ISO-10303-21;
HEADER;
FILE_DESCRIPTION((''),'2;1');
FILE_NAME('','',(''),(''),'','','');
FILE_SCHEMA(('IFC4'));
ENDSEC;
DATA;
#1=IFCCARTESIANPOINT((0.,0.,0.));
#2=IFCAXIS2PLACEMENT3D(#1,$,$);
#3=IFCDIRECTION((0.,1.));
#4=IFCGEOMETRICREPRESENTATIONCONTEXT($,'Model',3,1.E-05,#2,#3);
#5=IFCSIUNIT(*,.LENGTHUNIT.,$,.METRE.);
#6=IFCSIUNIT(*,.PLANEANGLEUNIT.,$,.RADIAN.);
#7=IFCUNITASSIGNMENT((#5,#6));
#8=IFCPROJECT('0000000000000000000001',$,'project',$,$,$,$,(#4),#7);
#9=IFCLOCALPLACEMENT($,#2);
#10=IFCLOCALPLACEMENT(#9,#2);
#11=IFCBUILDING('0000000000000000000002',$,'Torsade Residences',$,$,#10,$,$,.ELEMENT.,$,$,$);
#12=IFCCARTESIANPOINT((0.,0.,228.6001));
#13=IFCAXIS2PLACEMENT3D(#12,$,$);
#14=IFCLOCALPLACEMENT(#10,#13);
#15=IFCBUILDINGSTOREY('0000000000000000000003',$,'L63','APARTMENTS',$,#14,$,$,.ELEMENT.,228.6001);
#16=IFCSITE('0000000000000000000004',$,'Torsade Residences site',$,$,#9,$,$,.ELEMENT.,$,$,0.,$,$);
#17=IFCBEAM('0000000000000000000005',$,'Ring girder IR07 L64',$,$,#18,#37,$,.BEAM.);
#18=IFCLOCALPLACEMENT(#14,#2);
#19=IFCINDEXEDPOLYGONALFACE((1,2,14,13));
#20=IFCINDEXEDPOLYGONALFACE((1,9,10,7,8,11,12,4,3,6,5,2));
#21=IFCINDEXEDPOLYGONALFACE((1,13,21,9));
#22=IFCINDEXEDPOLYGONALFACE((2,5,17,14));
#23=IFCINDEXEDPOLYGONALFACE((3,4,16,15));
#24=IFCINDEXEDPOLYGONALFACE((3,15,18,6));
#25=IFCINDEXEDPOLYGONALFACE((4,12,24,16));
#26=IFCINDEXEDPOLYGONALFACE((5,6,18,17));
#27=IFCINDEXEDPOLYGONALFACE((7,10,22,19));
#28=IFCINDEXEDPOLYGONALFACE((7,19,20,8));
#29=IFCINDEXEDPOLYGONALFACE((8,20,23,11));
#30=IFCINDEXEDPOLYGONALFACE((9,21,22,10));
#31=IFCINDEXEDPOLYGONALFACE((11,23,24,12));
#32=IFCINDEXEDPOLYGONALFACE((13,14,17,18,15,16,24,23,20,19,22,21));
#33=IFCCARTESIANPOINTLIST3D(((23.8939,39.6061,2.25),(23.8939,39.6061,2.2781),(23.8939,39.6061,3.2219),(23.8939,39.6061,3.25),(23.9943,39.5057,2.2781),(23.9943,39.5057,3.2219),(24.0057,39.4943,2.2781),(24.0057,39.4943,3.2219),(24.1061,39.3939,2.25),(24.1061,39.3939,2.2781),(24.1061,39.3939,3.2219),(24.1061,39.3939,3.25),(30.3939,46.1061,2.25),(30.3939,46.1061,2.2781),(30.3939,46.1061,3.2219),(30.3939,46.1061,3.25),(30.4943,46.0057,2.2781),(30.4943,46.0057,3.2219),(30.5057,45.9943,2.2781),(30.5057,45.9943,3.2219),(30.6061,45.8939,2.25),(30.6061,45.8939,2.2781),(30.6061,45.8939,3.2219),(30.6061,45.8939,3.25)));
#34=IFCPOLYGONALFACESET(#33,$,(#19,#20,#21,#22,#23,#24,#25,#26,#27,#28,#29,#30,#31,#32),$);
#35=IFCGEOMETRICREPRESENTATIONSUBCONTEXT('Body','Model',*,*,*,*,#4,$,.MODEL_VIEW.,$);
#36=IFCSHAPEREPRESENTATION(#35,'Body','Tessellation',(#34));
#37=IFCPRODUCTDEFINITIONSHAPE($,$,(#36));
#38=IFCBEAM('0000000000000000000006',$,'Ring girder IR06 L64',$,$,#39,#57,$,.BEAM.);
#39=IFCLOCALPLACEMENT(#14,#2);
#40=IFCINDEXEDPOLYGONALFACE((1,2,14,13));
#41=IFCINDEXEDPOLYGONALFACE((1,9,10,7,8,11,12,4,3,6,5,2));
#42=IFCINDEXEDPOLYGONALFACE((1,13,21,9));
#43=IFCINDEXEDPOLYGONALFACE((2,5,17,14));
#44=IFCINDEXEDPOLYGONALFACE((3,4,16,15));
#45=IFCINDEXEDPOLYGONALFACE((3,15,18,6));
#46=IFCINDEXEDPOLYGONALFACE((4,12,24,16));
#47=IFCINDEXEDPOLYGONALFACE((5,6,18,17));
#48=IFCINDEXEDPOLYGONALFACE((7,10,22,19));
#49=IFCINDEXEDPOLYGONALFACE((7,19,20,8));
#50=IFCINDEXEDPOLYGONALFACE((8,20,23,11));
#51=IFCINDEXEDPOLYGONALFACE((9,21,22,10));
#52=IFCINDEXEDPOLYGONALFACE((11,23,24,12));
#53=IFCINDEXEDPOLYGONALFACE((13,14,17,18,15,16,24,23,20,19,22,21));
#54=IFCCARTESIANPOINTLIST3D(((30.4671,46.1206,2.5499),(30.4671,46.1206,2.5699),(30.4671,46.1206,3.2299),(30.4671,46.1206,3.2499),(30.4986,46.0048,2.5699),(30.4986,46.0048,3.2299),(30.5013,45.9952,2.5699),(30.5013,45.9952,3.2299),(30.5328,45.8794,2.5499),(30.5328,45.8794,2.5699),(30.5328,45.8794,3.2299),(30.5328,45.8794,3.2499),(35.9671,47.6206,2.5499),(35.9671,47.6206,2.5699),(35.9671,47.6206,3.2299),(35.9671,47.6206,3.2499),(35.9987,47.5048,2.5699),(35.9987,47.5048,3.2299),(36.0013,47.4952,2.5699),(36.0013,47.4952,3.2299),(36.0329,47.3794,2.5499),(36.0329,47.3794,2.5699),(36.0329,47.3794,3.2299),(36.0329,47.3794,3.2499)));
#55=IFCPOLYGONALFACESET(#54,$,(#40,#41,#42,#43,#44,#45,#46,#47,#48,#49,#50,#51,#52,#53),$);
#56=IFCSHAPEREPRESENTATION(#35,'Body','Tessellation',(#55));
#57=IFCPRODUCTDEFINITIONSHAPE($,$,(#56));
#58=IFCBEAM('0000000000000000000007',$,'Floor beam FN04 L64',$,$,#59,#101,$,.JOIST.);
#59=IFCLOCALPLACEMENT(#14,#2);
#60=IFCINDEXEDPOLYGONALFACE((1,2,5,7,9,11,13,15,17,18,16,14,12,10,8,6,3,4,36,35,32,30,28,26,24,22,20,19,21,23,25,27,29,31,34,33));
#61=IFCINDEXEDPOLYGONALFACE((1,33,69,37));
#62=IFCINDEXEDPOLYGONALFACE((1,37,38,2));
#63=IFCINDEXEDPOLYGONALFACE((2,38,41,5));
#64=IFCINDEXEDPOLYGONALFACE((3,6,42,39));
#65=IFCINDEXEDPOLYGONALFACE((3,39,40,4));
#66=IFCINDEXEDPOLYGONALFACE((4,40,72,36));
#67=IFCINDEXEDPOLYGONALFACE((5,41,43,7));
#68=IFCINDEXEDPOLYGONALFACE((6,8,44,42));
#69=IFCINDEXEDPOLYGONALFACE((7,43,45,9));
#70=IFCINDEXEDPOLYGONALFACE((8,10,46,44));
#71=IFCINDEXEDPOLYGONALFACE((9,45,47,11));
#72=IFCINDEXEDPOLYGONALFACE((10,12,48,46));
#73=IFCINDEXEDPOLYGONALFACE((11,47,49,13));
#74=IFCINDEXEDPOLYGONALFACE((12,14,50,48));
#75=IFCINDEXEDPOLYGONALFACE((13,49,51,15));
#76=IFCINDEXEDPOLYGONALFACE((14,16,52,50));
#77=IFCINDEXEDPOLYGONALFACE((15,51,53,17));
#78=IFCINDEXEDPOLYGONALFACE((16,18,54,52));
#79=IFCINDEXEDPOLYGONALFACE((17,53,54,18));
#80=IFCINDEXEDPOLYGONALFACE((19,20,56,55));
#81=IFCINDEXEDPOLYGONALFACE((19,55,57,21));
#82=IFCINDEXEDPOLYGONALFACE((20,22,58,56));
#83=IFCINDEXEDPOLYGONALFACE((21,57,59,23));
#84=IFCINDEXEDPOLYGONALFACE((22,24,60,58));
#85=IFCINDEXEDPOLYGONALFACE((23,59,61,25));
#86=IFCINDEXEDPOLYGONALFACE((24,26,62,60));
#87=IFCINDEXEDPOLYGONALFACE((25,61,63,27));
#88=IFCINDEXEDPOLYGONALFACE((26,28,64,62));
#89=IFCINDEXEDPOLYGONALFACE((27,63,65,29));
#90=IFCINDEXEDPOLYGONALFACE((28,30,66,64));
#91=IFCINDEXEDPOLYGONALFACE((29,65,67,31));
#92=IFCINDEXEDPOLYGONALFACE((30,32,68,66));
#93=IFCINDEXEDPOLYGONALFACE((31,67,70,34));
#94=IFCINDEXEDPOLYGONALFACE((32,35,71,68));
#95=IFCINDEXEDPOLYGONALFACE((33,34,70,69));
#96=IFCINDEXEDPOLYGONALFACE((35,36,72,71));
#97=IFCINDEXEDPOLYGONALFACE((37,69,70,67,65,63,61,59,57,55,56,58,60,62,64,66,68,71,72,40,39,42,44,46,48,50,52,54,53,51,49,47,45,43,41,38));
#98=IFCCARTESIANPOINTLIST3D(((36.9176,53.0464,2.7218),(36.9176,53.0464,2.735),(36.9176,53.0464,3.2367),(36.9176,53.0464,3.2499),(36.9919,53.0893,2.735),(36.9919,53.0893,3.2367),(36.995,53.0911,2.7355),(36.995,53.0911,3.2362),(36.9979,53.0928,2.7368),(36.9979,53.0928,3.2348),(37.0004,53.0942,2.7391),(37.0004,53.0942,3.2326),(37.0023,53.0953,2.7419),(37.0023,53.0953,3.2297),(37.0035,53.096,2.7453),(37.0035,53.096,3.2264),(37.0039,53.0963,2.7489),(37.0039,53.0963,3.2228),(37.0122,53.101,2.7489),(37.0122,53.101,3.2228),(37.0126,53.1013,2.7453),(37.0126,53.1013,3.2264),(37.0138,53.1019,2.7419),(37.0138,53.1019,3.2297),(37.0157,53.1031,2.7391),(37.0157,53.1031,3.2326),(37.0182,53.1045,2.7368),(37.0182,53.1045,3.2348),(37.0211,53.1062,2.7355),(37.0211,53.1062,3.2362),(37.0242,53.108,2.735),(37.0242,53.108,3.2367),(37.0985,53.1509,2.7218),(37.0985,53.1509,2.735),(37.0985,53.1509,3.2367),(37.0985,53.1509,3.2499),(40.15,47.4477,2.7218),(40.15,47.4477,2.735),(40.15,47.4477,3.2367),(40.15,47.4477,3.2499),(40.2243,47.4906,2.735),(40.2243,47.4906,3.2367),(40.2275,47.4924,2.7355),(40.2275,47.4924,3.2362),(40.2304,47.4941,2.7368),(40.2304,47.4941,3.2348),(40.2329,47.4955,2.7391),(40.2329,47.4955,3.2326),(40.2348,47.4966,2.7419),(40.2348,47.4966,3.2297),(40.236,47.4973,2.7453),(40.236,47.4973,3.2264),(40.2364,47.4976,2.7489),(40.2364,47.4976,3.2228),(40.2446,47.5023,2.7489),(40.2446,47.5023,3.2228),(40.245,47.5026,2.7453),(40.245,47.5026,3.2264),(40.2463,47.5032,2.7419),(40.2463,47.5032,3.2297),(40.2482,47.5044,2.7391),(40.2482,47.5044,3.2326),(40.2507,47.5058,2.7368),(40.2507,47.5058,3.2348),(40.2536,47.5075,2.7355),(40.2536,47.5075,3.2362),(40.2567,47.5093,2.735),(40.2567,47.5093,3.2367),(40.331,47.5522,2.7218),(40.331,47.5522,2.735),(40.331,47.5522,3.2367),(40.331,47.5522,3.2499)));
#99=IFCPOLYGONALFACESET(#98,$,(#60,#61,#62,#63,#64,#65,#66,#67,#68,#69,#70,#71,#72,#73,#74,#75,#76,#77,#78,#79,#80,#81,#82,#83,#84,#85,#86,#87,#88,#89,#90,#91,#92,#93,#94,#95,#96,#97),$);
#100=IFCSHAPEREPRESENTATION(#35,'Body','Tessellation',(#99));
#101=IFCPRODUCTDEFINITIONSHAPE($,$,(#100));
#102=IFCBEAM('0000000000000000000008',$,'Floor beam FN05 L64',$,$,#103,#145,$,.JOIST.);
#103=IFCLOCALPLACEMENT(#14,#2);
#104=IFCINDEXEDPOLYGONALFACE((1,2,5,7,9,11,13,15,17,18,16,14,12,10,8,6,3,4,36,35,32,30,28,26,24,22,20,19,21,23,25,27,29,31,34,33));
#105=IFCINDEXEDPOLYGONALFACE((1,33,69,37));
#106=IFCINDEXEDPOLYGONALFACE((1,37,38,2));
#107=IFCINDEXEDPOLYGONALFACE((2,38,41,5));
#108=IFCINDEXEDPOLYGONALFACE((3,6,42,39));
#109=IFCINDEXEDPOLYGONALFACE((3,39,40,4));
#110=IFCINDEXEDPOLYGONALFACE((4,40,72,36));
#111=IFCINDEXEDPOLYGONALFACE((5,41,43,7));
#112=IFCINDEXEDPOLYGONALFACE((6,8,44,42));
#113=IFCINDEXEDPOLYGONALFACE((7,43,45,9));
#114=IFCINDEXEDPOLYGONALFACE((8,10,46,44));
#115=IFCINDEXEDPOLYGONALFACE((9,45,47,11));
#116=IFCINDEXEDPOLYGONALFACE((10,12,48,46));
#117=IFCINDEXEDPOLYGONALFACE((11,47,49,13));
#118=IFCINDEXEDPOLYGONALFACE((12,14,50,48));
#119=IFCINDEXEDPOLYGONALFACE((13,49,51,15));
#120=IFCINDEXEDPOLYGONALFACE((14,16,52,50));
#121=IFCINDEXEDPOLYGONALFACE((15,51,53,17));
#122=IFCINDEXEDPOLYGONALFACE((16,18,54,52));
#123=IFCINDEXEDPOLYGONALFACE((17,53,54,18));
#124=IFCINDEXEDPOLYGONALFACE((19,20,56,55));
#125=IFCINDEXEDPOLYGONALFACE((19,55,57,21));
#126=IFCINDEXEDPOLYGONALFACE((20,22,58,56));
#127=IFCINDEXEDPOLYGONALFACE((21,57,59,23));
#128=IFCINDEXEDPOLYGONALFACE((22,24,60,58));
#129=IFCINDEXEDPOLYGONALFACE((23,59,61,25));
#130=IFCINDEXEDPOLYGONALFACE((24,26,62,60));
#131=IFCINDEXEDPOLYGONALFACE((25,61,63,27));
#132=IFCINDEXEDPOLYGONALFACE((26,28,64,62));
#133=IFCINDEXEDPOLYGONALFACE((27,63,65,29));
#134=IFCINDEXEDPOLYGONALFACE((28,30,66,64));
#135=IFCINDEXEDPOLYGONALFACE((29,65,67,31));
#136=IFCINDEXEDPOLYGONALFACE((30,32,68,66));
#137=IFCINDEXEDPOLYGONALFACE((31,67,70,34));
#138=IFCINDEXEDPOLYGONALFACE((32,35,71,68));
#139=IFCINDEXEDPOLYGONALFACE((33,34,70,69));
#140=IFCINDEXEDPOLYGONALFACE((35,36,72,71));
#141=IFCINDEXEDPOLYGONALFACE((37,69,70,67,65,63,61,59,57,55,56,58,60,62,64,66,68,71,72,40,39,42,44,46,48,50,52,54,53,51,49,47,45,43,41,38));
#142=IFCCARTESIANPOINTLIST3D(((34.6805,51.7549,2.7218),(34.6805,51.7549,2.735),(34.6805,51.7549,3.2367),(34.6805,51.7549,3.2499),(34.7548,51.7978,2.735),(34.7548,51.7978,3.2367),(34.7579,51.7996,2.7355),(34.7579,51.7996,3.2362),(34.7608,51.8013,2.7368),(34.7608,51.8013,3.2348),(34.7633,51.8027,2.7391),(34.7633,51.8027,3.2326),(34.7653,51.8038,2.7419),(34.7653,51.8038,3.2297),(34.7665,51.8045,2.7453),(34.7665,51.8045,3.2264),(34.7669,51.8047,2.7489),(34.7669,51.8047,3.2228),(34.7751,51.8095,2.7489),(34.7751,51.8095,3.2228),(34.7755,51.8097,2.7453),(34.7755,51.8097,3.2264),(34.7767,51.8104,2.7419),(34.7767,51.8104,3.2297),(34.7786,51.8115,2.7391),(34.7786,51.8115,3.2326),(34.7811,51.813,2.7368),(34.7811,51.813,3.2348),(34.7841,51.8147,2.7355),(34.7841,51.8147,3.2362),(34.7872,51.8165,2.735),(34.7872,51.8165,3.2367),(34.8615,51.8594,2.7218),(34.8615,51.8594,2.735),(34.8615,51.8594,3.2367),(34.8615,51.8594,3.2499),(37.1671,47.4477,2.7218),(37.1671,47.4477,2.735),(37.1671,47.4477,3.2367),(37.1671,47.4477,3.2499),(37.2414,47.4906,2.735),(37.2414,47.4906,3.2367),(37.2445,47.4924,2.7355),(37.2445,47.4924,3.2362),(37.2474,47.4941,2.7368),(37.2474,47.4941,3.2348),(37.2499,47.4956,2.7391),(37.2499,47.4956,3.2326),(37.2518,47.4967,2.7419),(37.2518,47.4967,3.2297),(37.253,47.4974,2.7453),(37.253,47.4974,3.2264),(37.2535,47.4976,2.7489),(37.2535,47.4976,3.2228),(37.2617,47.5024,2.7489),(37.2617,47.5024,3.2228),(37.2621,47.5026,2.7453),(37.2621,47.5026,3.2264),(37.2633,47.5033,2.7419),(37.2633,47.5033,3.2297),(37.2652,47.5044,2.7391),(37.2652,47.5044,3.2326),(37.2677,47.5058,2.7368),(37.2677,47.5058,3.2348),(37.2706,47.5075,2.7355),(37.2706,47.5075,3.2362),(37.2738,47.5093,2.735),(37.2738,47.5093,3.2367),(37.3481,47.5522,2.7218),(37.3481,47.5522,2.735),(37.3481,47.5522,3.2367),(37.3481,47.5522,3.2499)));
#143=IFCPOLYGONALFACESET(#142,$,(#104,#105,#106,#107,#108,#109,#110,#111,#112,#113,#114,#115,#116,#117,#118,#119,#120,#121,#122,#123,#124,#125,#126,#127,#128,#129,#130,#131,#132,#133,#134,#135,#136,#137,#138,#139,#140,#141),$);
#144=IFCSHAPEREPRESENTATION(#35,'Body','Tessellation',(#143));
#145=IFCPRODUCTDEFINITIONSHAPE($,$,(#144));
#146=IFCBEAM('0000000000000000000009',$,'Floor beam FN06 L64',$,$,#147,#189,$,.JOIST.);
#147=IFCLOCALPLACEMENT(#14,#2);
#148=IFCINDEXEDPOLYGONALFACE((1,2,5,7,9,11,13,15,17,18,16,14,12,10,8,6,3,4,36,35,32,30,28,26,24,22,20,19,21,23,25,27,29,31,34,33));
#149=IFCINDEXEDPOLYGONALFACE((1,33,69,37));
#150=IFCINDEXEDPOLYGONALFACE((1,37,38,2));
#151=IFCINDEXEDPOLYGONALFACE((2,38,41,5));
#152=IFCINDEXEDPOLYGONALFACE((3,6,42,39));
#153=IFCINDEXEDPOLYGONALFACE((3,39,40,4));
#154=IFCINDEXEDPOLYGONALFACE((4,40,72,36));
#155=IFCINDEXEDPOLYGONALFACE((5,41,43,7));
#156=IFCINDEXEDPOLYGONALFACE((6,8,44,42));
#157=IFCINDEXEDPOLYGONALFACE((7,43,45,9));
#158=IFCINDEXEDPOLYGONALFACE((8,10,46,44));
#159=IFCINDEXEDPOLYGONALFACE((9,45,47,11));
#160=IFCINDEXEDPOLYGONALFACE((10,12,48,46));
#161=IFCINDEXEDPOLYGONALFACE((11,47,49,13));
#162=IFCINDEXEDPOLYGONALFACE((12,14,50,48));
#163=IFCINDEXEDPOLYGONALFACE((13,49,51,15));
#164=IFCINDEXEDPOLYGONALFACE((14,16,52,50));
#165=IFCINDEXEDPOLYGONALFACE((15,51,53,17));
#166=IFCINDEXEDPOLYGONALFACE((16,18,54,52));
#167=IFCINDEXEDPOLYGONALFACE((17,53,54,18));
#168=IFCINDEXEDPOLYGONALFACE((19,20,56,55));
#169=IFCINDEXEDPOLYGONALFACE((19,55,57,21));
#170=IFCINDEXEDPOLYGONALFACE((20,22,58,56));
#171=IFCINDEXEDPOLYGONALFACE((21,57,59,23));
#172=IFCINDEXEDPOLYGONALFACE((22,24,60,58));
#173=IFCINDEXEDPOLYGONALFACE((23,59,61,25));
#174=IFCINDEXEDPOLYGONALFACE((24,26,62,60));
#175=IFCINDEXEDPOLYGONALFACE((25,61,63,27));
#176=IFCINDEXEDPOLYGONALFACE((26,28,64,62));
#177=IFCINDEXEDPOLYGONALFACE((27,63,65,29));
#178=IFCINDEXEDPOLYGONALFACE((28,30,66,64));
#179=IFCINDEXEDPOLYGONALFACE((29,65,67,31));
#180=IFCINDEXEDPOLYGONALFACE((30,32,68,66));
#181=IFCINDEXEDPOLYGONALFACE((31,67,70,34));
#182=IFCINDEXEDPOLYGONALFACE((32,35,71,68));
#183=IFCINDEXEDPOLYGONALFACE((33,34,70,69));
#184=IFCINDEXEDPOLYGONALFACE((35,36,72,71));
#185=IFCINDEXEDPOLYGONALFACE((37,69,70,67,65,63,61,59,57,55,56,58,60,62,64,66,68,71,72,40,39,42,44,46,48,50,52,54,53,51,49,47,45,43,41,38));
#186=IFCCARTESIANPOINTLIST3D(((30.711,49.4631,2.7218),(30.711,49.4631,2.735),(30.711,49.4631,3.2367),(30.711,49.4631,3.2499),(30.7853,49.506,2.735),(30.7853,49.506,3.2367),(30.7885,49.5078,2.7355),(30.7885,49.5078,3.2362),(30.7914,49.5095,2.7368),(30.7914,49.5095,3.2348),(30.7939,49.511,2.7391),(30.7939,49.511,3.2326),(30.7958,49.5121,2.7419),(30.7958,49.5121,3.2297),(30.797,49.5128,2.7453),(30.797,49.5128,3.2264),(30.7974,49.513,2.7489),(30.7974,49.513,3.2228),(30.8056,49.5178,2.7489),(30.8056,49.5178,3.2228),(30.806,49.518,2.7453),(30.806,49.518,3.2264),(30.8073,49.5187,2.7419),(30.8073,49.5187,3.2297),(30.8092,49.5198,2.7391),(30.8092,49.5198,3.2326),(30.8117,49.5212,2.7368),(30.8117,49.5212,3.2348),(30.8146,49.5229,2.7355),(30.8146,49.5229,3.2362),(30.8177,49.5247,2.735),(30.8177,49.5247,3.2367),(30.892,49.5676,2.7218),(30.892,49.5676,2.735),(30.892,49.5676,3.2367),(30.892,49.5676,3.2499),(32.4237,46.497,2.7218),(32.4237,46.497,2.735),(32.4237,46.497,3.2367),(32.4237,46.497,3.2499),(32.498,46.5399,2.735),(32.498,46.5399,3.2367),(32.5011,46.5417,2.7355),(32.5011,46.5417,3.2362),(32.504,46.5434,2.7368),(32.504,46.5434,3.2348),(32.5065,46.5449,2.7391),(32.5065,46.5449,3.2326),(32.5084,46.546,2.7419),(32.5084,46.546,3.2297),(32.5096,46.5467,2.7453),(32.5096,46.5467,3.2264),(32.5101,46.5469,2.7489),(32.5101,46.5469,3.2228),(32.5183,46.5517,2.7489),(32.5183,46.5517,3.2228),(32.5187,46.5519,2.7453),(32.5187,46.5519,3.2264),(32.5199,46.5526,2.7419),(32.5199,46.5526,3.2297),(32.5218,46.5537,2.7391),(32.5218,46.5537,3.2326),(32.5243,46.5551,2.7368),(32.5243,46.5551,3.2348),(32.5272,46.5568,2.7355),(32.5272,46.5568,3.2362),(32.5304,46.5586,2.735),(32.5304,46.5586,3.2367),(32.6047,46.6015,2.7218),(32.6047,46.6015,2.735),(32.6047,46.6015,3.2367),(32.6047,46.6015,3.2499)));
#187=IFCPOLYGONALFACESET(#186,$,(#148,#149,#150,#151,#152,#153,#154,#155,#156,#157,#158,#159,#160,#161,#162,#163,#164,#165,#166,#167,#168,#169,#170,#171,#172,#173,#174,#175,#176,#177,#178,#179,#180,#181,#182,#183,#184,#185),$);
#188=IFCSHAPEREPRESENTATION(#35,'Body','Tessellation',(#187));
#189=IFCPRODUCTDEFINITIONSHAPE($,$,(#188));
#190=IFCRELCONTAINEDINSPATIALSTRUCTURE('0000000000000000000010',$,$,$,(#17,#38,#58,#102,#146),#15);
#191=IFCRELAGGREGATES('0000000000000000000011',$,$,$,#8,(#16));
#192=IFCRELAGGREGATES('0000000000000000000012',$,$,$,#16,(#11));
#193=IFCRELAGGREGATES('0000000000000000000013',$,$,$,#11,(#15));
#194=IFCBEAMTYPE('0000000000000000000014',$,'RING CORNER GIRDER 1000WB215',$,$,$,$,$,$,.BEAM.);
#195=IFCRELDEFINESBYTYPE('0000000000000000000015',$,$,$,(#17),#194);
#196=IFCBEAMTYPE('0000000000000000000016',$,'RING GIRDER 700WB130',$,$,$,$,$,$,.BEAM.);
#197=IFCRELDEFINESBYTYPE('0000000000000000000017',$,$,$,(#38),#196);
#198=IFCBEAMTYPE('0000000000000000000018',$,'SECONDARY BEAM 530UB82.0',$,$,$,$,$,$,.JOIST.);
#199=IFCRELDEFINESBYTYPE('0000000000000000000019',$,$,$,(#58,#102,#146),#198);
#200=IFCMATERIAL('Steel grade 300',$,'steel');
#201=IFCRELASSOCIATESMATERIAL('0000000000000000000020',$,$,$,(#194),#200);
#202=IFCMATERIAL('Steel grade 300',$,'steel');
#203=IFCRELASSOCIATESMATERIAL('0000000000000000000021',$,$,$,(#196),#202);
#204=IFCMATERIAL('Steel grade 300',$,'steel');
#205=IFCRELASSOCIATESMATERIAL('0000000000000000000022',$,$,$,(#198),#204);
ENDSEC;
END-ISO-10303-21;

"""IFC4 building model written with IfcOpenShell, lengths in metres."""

from ifc_helpers import new_model, si_unit, direction, frame, origin, origin_2d, place, context, subcontext, project, spatial, i_section, extrude, material, material_profile, profile_set, type_object, element, save


model = new_model("IFC4")

# Units and contexts
model_context = context("Model", 3, precision=1e-05, world=origin(), true_north=direction((0.0, 1.0)))
body_context = subcontext(model_context, "Body", "Model", "MODEL_VIEW")
ifc_project = project(units=[si_unit("LENGTHUNIT", "METRE"), si_unit("PLANEANGLEUNIT", "RADIAN")], contexts=[model_context])

# Site, building, storey
site_placement = place(None, origin())
site = spatial("IfcSite", under=ifc_project, at=site_placement, Name="Torsade Residences site", CompositionType="ELEMENT", RefElevation=0.0)
building_placement = place(site_placement, origin())
building = spatial("IfcBuilding", under=site, at=building_placement, Name="Torsade Residences", CompositionType="ELEMENT")
storey_placement = place(building_placement, frame((0.0, 0.0, 228.6001)))
storey = spatial("IfcBuildingStorey", under=building, at=storey_placement, Name="L63", Description="APARTMENTS", CompositionType="ELEMENT", Elevation=228.6001)

# Beams
ifc_material_1 = material(Name="Steel grade 300", Category="steel")
ifc_material_profile_1 = material_profile(ifc_material_1, i_section(OverallWidth=0.3, OverallDepth=1.0, WebThickness=0.0161, FlangeThickness=0.0281, at=origin_2d()), Name="1000WB215")
ifc_profile_set_1 = profile_set([ifc_material_profile_1], Name="Steel grade 300")
beam_type_1 = type_object("IfcBeamType", Name="RING CORNER GIRDER 1000WB215", PredefinedType="BEAM", material=ifc_profile_set_1)
beam_1_placement = place(storey_placement, frame((30.5, 46.0, 2.75), z_axis=(-0.707107, -0.707107, 0.0), x_axis=(0.707107, -0.707107, 0.0)))
element("IfcBeam", 1, at=beam_1_placement, inside=storey, type_object=beam_type_1, Name="Ring girder IR07 L64", PredefinedType="BEAM", context=body_context, shape_type="SweptSolid", body=[
    extrude(i_section(OverallWidth=0.3, OverallDepth=1.0, WebThickness=0.0161, FlangeThickness=0.0281, at=origin_2d()), origin(), (0.0, 0.0, 1.0), 9.1924),
])
ifc_material_2 = material(Name="Steel grade 300", Category="steel")
ifc_material_profile_2 = material_profile(ifc_material_2, i_section(OverallWidth=0.25, OverallDepth=0.7, WebThickness=0.01, FlangeThickness=0.02, at=origin_2d()), Name="700WB130")
ifc_profile_set_2 = profile_set([ifc_material_profile_2], Name="Steel grade 300")
beam_type_2 = type_object("IfcBeamType", Name="RING GIRDER 700WB130", PredefinedType="BEAM", material=ifc_profile_set_2)
beam_2_placement = place(storey_placement, frame((36.0, 47.5, 2.8999), z_axis=(-0.964764, -0.263117, 0.0), x_axis=(0.263117, -0.964764, 0.0)))
element("IfcBeam", 2, at=beam_2_placement, inside=storey, type_object=beam_type_2, Name="Ring girder IR06 L64", PredefinedType="BEAM", context=body_context, shape_type="SweptSolid", body=[
    extrude(i_section(OverallWidth=0.25, OverallDepth=0.7, WebThickness=0.01, FlangeThickness=0.02, at=origin_2d()), origin(), (0.0, 0.0, 1.0), 5.7009),
])
ifc_material_3 = material(Name="Steel grade 300", Category="steel")
ifc_material_profile_3 = material_profile(ifc_material_3, i_section(OverallWidth=0.209, OverallDepth=0.5281, WebThickness=0.0095, FlangeThickness=0.0132, FilletRadius=0.0139, at=origin_2d()), Name="530UB82.0")
ifc_profile_set_3 = profile_set([ifc_material_profile_3], Name="Steel grade 300")
beam_type_3 = type_object("IfcBeamType", Name="SECONDARY BEAM 530UB82.0", PredefinedType="JOIST", material=ifc_profile_set_3)
beam_3_placement = place(storey_placement, frame((37.0081, 53.0986, 2.9858), z_axis=(0.500006, -0.866022, 0.0), x_axis=(0.866022, 0.500006, 0.0)))
element("IfcBeam", 3, at=beam_3_placement, inside=storey, type_object=beam_type_3, Name="Floor beam FN04 L64", PredefinedType="JOIST", context=body_context, shape_type="SweptSolid", body=[
    extrude(i_section(OverallWidth=0.209, OverallDepth=0.5281, WebThickness=0.0095, FlangeThickness=0.0132, FilletRadius=0.0139, at=origin_2d()), origin(), (0.0, 0.0, 1.0), 6.4648),
])
beam_4_placement = place(storey_placement, frame((34.771, 51.8071, 2.9858), z_axis=(0.499977, -0.866038, 0.0), x_axis=(0.866038, 0.499977, 0.0)))
element("IfcBeam", 4, at=beam_4_placement, inside=storey, type_object=beam_type_3, Name="Floor beam FN05 L64", PredefinedType="JOIST", context=body_context, shape_type="SweptSolid", body=[
    extrude(i_section(OverallWidth=0.209, OverallDepth=0.5281, WebThickness=0.0095, FlangeThickness=0.0132, FilletRadius=0.0139, at=origin_2d()), origin(), (0.0, 0.0, 1.0), 4.9734),
])
beam_5_placement = place(storey_placement, frame((30.8015, 49.5154, 2.9858), z_axis=(0.500041, -0.866002, 0.0), x_axis=(0.866002, 0.500041, 0.0)))
element("IfcBeam", 5, at=beam_5_placement, inside=storey, type_object=beam_type_3, Name="Floor beam FN06 L64", PredefinedType="JOIST", context=body_context, shape_type="SweptSolid", body=[
    extrude(i_section(OverallWidth=0.209, OverallDepth=0.5281, WebThickness=0.0095, FlangeThickness=0.0132, FilletRadius=0.0139, at=origin_2d()), origin(), (0.0, 0.0, 1.0), 3.425),
])

save(model, "model.ifc")
